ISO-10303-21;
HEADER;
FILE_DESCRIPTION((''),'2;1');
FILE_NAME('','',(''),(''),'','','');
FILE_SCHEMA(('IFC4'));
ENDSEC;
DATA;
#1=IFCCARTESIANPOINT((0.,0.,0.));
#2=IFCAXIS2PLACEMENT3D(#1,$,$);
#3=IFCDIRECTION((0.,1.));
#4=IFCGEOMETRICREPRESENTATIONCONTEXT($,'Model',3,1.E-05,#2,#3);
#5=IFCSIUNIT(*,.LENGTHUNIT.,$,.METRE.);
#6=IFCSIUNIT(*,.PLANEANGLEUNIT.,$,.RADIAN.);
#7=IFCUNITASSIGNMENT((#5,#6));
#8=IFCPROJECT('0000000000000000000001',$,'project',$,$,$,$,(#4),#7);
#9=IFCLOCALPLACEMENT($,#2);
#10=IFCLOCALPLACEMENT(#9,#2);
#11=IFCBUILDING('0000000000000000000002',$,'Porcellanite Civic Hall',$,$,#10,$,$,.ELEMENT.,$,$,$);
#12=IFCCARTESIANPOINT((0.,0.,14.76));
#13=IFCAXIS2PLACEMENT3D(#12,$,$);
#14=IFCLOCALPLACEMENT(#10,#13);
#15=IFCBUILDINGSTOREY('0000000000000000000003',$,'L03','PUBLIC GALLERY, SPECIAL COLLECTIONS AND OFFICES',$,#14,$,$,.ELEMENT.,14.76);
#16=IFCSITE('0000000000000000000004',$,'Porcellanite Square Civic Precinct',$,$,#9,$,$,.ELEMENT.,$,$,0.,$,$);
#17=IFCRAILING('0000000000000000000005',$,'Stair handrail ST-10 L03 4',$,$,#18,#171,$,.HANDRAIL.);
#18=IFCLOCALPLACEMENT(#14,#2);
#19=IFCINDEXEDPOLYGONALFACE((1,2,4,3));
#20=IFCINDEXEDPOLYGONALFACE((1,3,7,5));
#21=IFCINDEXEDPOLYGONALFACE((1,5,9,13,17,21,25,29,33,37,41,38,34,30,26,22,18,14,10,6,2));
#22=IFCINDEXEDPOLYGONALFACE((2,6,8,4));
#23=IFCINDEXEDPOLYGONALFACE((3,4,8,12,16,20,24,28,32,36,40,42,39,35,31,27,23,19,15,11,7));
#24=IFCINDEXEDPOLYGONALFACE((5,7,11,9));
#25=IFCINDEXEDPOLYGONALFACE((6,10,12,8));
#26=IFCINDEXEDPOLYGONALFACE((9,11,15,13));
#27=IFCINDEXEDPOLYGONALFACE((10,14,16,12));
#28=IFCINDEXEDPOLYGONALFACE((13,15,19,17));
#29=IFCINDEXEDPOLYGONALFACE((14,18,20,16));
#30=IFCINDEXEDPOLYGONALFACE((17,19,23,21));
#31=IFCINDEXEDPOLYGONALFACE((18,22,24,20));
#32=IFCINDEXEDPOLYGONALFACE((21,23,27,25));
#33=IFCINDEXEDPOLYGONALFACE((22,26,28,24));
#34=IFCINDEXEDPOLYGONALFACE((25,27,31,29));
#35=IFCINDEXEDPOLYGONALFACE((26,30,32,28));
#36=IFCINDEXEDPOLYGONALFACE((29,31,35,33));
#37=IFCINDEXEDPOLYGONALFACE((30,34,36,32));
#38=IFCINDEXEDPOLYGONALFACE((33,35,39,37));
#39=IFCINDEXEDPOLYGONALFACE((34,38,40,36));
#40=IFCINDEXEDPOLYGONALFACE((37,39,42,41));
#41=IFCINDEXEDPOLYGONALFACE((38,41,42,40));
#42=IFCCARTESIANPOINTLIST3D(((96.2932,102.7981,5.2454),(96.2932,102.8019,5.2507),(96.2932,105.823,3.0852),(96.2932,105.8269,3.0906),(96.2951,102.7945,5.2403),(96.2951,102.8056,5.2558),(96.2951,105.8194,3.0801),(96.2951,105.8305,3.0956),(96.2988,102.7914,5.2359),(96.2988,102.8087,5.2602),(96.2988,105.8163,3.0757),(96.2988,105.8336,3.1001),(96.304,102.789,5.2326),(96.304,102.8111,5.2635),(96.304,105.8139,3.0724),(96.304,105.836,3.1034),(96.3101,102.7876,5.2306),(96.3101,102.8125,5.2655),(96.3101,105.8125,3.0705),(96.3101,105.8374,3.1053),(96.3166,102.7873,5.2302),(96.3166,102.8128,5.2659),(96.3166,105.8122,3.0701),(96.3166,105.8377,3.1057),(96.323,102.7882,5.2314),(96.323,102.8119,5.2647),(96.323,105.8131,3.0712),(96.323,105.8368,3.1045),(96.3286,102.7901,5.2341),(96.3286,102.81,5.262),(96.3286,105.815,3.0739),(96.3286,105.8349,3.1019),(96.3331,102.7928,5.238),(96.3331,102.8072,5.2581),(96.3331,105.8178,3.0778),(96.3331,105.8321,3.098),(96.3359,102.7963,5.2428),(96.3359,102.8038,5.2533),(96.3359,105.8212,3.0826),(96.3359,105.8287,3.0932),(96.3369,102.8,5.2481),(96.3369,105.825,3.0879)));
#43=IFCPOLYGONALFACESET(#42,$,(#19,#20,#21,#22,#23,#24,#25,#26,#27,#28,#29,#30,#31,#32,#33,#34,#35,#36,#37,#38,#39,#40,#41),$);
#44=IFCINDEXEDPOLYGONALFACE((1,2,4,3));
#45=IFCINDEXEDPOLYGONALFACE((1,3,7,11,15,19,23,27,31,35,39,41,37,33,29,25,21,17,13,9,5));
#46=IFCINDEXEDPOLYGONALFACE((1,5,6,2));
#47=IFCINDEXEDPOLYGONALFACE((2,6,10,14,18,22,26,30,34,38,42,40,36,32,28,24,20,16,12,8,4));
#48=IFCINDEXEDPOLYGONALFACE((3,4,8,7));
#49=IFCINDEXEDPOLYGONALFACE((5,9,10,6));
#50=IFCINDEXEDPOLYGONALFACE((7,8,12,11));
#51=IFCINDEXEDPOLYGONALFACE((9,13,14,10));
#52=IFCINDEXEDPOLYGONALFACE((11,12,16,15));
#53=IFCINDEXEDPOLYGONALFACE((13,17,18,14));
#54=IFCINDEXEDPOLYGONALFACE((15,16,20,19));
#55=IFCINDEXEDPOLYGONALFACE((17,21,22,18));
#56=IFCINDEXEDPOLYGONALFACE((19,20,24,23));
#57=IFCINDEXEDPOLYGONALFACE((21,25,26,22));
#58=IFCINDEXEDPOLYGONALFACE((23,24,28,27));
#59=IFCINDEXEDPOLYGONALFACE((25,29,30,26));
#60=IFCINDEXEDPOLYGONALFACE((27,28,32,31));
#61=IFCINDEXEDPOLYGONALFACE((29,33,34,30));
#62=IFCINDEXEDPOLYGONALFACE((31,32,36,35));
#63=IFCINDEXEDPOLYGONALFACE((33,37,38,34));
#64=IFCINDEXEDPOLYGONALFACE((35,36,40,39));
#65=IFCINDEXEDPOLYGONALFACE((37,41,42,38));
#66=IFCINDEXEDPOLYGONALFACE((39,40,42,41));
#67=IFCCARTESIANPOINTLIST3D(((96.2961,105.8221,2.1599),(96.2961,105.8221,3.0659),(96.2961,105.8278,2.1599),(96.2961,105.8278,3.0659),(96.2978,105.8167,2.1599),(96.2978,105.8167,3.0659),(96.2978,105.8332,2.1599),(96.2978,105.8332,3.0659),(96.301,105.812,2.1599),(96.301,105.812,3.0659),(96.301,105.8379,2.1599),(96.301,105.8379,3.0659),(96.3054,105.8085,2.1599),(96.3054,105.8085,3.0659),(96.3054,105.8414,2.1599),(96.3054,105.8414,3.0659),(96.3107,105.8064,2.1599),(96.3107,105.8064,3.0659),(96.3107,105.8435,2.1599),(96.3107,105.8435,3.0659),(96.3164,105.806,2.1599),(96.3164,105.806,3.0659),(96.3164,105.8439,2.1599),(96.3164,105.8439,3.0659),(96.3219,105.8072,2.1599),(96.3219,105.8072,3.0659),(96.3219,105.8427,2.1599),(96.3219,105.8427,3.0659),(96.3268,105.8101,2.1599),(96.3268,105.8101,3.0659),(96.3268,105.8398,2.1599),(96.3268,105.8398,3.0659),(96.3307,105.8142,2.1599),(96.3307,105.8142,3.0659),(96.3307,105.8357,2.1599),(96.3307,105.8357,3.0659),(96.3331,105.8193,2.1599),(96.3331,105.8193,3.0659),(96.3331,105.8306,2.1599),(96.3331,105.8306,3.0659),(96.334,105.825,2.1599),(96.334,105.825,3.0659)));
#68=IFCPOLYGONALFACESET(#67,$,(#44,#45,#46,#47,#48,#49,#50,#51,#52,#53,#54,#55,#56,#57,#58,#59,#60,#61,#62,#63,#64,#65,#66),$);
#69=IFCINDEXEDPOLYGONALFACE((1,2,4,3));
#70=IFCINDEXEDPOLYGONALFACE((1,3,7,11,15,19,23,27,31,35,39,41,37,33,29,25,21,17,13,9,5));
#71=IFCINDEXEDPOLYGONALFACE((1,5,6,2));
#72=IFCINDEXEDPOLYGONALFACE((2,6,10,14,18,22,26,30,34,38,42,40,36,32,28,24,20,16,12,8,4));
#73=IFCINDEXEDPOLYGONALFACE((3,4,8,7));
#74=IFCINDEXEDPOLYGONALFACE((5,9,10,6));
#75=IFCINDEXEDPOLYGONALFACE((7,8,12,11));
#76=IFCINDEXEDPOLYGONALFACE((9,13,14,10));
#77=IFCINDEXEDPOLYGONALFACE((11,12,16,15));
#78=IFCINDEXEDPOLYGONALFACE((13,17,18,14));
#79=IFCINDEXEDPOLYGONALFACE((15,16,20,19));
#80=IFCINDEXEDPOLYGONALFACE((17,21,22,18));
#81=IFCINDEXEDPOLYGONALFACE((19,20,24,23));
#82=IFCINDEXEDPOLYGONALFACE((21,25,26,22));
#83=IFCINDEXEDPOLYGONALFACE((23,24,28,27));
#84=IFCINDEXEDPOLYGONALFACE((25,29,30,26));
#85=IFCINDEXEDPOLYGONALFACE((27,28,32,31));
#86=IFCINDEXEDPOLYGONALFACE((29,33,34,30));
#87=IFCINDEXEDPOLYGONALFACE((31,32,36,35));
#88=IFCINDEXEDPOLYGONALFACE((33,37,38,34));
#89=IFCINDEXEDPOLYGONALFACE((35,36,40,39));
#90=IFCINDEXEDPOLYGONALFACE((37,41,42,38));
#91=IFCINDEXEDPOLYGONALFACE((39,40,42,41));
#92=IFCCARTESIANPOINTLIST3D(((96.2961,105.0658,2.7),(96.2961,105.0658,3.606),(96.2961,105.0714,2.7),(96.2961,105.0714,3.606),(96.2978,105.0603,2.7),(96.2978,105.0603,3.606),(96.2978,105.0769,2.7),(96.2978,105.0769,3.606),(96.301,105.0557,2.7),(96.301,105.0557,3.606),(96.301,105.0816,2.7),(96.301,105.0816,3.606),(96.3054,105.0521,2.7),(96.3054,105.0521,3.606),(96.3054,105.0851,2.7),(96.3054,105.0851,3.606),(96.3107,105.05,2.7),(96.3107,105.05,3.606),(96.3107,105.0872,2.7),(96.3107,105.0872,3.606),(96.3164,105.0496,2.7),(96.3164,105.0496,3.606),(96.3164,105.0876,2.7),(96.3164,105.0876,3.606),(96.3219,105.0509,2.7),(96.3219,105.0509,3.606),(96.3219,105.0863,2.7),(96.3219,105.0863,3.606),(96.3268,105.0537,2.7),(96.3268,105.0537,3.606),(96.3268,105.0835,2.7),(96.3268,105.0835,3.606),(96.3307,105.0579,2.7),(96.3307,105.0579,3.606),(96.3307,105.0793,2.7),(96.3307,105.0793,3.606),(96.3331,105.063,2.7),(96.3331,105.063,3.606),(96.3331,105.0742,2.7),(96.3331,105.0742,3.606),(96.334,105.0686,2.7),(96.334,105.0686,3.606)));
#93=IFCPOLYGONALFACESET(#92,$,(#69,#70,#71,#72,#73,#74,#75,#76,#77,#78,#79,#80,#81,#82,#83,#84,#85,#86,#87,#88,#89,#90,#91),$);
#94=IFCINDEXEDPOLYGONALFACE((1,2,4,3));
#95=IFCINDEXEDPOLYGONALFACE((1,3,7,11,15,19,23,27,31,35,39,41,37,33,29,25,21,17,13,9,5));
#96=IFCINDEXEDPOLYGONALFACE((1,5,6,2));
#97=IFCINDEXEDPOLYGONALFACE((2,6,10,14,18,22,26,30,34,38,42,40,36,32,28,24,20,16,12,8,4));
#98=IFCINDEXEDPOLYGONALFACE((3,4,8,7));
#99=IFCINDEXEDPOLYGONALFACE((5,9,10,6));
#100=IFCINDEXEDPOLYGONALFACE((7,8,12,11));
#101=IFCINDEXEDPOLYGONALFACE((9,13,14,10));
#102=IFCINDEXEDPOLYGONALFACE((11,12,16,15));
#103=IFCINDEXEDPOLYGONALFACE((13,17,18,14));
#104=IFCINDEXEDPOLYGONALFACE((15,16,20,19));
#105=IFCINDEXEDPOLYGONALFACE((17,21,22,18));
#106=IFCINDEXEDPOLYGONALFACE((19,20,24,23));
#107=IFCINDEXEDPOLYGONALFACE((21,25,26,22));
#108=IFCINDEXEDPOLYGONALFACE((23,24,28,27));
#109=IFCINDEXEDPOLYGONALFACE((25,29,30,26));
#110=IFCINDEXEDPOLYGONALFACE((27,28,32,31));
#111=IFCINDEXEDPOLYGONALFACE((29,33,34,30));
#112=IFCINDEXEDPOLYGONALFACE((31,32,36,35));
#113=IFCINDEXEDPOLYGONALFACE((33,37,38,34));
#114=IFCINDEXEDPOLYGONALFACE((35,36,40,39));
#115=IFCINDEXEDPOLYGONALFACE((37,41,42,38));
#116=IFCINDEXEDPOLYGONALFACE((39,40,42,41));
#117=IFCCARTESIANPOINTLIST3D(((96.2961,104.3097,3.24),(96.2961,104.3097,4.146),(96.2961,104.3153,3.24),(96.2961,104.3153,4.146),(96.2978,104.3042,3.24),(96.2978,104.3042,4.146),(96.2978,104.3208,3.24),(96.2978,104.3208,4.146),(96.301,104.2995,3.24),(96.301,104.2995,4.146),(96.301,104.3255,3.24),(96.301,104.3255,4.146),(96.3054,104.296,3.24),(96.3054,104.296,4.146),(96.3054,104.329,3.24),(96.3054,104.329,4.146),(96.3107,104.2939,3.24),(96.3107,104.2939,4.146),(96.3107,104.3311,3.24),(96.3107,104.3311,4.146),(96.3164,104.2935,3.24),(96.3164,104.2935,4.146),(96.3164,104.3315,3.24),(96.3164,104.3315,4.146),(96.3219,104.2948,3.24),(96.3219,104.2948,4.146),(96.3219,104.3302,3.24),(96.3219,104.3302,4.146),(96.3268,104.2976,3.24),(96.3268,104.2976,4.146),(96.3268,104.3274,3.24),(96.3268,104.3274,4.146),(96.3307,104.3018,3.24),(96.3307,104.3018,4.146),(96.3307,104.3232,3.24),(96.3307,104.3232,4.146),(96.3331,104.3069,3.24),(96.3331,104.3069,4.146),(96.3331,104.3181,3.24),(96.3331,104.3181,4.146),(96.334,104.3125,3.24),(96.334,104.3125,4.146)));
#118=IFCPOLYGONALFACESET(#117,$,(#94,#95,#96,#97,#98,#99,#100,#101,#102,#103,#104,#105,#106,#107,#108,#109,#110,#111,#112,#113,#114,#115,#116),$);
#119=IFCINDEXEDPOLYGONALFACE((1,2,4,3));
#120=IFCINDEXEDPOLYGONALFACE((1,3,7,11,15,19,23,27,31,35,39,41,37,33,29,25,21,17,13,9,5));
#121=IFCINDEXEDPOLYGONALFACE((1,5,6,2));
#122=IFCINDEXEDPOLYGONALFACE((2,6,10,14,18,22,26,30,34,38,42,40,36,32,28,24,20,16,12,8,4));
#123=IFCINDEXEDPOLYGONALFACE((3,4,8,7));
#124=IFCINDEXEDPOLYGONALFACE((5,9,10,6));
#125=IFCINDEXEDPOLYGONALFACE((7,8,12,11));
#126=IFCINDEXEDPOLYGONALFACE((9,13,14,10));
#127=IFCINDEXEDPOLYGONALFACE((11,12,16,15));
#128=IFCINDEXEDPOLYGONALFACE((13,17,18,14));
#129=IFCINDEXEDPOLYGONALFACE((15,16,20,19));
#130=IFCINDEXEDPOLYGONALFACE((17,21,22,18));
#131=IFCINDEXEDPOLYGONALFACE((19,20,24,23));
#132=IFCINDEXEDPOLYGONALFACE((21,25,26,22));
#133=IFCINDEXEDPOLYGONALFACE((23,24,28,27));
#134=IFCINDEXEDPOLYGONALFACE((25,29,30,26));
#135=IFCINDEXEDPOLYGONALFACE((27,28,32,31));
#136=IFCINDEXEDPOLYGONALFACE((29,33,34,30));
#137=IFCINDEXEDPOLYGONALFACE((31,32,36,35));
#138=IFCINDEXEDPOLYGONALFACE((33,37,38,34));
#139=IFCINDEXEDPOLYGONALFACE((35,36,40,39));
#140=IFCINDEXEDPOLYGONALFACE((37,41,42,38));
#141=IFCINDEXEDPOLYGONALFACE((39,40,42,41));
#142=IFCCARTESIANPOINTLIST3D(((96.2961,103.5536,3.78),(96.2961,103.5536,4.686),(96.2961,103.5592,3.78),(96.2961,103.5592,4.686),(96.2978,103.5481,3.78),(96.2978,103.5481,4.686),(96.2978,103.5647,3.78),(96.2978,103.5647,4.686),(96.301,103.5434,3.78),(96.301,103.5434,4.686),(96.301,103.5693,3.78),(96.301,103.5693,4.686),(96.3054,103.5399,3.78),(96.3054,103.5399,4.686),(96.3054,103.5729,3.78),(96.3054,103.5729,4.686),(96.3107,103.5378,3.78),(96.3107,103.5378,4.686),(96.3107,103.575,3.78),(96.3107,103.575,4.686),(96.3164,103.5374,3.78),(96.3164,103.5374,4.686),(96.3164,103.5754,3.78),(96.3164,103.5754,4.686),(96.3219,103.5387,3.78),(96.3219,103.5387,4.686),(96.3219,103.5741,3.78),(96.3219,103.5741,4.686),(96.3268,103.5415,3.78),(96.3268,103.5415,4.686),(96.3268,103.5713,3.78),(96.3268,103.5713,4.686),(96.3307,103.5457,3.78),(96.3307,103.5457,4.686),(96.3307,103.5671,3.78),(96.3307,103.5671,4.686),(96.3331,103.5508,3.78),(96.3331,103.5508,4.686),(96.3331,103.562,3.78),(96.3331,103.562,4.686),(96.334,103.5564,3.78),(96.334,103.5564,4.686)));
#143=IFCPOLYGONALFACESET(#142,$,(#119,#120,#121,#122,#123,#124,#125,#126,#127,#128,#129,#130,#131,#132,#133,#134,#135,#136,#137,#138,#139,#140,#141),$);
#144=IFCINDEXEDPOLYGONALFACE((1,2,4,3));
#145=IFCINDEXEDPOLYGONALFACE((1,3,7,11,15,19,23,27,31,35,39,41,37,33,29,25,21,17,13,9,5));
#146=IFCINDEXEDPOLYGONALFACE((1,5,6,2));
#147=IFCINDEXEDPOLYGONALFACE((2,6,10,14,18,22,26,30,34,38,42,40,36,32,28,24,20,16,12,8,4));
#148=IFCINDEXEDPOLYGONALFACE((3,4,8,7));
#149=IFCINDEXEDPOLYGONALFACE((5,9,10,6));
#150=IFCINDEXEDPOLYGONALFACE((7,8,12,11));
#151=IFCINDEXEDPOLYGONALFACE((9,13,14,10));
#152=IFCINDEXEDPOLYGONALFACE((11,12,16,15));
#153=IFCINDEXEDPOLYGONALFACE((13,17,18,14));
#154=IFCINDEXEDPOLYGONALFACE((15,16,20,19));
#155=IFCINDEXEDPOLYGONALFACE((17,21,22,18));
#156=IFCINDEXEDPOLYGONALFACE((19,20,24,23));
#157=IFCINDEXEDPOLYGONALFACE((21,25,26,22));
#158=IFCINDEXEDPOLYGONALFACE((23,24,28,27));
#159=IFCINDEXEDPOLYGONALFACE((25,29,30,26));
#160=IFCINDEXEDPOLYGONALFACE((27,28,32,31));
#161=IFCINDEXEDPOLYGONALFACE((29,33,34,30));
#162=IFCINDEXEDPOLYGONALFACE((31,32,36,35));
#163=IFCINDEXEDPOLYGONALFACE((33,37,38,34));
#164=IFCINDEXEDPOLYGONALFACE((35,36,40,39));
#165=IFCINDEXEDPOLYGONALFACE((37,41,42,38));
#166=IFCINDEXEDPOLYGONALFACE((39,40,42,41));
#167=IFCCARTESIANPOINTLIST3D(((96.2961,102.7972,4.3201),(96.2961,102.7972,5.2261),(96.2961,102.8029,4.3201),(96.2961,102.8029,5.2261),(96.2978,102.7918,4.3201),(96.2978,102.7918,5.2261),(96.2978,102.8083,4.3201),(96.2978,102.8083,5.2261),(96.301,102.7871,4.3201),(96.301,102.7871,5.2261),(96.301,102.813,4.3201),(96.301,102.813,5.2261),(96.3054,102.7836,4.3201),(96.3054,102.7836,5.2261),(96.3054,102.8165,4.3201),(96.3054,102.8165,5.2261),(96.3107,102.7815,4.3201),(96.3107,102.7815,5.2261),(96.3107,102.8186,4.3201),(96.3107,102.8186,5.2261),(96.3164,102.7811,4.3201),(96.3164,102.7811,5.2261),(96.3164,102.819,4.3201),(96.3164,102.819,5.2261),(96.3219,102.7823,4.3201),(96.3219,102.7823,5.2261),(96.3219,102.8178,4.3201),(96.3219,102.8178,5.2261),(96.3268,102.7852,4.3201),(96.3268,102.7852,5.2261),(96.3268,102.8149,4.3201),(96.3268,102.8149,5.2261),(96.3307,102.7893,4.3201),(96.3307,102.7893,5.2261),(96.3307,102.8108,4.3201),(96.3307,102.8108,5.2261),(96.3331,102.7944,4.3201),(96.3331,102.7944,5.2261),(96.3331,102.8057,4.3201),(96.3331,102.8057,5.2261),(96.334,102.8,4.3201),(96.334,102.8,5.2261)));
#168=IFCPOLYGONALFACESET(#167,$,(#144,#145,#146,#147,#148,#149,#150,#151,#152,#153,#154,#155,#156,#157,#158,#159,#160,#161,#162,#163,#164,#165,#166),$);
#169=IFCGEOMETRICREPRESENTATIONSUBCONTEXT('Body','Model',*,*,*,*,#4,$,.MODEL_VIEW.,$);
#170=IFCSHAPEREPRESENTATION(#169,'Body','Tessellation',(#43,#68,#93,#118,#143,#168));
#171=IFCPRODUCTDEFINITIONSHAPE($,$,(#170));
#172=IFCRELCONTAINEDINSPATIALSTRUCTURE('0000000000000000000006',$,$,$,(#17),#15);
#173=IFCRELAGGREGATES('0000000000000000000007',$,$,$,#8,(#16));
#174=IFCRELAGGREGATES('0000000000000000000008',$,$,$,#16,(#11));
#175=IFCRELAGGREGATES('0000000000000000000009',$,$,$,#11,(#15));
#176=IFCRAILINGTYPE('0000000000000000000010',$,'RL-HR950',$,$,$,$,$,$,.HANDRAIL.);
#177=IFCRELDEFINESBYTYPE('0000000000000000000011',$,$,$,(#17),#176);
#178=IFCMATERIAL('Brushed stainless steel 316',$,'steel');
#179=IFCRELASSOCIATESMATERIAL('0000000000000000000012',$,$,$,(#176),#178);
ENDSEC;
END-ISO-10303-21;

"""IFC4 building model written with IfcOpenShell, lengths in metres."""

from ifc_helpers import new_model, si_unit, direction, frame, origin, origin_2d, place, context, subcontext, project, spatial, circle, extrude, material, type_object, element, save


model = new_model("IFC4")

# Units and contexts
model_context = context("Model", 3, precision=1e-05, world=origin(), true_north=direction((0.0, 1.0)))
body_context = subcontext(model_context, "Body", "Model", "MODEL_VIEW")
ifc_project = project(units=[si_unit("LENGTHUNIT", "METRE"), si_unit("PLANEANGLEUNIT", "RADIAN")], contexts=[model_context])

# Site, building, storey
site_placement = place(None, origin())
site = spatial("IfcSite", under=ifc_project, at=site_placement, Name="Porcellanite Square Civic Precinct", CompositionType="ELEMENT", RefElevation=0.0)
building_placement = place(site_placement, origin())
building = spatial("IfcBuilding", under=site, at=building_placement, Name="Porcellanite Civic Hall", CompositionType="ELEMENT")
storey_placement = place(building_placement, frame((0.0, 0.0, 14.76)))
storey = spatial("IfcBuildingStorey", under=building, at=storey_placement, Name="L03", Description="PUBLIC GALLERY, SPECIAL COLLECTIONS AND OFFICES", CompositionType="ELEMENT", Elevation=14.76)

# Railing
ifc_material_1 = material(Name="Brushed stainless steel 316", Category="steel")
railing_type_1 = type_object("IfcRailingType", Name="RL-HR950", PredefinedType="HANDRAIL", material=ifc_material_1)
railing_1_placement = place(storey_placement, frame((96.3149, 105.825, 2.1599)))
element("IfcRailing", 1, at=railing_1_placement, inside=storey, type_object=railing_type_1, Name="Stair handrail ST-10 L03 4", PredefinedType="HANDRAIL", context=body_context, shape_type="SweptSolid", body=[
    extrude(circle(Radius=0.022, at=origin_2d()), frame((0.0, 0.0, 0.928), z_axis=(0.0, -0.813796, 0.581151), x_axis=(1.0, 0.0, 0.0)), (0.0, 0.0, 1.0), 3.717),
    extrude(circle(Radius=0.019, at=origin_2d()), origin(), (0.0, 0.0, 1.0), 0.906),
    extrude(circle(Radius=0.019, at=origin_2d()), frame((0.0, -0.7563, 0.54)), (0.0, 0.0, 1.0), 0.906),
    extrude(circle(Radius=0.019, at=origin_2d()), frame((0.0, -1.5125, 1.0801)), (0.0, 0.0, 1.0), 0.906),
    extrude(circle(Radius=0.019, at=origin_2d()), frame((0.0, -2.2686, 1.6201)), (0.0, 0.0, 1.0), 0.906),
    extrude(circle(Radius=0.019, at=origin_2d()), frame((0.0, -3.0249, 2.1602)), (0.0, 0.0, 1.0), 0.906),
])

save(model, "model.ifc")
